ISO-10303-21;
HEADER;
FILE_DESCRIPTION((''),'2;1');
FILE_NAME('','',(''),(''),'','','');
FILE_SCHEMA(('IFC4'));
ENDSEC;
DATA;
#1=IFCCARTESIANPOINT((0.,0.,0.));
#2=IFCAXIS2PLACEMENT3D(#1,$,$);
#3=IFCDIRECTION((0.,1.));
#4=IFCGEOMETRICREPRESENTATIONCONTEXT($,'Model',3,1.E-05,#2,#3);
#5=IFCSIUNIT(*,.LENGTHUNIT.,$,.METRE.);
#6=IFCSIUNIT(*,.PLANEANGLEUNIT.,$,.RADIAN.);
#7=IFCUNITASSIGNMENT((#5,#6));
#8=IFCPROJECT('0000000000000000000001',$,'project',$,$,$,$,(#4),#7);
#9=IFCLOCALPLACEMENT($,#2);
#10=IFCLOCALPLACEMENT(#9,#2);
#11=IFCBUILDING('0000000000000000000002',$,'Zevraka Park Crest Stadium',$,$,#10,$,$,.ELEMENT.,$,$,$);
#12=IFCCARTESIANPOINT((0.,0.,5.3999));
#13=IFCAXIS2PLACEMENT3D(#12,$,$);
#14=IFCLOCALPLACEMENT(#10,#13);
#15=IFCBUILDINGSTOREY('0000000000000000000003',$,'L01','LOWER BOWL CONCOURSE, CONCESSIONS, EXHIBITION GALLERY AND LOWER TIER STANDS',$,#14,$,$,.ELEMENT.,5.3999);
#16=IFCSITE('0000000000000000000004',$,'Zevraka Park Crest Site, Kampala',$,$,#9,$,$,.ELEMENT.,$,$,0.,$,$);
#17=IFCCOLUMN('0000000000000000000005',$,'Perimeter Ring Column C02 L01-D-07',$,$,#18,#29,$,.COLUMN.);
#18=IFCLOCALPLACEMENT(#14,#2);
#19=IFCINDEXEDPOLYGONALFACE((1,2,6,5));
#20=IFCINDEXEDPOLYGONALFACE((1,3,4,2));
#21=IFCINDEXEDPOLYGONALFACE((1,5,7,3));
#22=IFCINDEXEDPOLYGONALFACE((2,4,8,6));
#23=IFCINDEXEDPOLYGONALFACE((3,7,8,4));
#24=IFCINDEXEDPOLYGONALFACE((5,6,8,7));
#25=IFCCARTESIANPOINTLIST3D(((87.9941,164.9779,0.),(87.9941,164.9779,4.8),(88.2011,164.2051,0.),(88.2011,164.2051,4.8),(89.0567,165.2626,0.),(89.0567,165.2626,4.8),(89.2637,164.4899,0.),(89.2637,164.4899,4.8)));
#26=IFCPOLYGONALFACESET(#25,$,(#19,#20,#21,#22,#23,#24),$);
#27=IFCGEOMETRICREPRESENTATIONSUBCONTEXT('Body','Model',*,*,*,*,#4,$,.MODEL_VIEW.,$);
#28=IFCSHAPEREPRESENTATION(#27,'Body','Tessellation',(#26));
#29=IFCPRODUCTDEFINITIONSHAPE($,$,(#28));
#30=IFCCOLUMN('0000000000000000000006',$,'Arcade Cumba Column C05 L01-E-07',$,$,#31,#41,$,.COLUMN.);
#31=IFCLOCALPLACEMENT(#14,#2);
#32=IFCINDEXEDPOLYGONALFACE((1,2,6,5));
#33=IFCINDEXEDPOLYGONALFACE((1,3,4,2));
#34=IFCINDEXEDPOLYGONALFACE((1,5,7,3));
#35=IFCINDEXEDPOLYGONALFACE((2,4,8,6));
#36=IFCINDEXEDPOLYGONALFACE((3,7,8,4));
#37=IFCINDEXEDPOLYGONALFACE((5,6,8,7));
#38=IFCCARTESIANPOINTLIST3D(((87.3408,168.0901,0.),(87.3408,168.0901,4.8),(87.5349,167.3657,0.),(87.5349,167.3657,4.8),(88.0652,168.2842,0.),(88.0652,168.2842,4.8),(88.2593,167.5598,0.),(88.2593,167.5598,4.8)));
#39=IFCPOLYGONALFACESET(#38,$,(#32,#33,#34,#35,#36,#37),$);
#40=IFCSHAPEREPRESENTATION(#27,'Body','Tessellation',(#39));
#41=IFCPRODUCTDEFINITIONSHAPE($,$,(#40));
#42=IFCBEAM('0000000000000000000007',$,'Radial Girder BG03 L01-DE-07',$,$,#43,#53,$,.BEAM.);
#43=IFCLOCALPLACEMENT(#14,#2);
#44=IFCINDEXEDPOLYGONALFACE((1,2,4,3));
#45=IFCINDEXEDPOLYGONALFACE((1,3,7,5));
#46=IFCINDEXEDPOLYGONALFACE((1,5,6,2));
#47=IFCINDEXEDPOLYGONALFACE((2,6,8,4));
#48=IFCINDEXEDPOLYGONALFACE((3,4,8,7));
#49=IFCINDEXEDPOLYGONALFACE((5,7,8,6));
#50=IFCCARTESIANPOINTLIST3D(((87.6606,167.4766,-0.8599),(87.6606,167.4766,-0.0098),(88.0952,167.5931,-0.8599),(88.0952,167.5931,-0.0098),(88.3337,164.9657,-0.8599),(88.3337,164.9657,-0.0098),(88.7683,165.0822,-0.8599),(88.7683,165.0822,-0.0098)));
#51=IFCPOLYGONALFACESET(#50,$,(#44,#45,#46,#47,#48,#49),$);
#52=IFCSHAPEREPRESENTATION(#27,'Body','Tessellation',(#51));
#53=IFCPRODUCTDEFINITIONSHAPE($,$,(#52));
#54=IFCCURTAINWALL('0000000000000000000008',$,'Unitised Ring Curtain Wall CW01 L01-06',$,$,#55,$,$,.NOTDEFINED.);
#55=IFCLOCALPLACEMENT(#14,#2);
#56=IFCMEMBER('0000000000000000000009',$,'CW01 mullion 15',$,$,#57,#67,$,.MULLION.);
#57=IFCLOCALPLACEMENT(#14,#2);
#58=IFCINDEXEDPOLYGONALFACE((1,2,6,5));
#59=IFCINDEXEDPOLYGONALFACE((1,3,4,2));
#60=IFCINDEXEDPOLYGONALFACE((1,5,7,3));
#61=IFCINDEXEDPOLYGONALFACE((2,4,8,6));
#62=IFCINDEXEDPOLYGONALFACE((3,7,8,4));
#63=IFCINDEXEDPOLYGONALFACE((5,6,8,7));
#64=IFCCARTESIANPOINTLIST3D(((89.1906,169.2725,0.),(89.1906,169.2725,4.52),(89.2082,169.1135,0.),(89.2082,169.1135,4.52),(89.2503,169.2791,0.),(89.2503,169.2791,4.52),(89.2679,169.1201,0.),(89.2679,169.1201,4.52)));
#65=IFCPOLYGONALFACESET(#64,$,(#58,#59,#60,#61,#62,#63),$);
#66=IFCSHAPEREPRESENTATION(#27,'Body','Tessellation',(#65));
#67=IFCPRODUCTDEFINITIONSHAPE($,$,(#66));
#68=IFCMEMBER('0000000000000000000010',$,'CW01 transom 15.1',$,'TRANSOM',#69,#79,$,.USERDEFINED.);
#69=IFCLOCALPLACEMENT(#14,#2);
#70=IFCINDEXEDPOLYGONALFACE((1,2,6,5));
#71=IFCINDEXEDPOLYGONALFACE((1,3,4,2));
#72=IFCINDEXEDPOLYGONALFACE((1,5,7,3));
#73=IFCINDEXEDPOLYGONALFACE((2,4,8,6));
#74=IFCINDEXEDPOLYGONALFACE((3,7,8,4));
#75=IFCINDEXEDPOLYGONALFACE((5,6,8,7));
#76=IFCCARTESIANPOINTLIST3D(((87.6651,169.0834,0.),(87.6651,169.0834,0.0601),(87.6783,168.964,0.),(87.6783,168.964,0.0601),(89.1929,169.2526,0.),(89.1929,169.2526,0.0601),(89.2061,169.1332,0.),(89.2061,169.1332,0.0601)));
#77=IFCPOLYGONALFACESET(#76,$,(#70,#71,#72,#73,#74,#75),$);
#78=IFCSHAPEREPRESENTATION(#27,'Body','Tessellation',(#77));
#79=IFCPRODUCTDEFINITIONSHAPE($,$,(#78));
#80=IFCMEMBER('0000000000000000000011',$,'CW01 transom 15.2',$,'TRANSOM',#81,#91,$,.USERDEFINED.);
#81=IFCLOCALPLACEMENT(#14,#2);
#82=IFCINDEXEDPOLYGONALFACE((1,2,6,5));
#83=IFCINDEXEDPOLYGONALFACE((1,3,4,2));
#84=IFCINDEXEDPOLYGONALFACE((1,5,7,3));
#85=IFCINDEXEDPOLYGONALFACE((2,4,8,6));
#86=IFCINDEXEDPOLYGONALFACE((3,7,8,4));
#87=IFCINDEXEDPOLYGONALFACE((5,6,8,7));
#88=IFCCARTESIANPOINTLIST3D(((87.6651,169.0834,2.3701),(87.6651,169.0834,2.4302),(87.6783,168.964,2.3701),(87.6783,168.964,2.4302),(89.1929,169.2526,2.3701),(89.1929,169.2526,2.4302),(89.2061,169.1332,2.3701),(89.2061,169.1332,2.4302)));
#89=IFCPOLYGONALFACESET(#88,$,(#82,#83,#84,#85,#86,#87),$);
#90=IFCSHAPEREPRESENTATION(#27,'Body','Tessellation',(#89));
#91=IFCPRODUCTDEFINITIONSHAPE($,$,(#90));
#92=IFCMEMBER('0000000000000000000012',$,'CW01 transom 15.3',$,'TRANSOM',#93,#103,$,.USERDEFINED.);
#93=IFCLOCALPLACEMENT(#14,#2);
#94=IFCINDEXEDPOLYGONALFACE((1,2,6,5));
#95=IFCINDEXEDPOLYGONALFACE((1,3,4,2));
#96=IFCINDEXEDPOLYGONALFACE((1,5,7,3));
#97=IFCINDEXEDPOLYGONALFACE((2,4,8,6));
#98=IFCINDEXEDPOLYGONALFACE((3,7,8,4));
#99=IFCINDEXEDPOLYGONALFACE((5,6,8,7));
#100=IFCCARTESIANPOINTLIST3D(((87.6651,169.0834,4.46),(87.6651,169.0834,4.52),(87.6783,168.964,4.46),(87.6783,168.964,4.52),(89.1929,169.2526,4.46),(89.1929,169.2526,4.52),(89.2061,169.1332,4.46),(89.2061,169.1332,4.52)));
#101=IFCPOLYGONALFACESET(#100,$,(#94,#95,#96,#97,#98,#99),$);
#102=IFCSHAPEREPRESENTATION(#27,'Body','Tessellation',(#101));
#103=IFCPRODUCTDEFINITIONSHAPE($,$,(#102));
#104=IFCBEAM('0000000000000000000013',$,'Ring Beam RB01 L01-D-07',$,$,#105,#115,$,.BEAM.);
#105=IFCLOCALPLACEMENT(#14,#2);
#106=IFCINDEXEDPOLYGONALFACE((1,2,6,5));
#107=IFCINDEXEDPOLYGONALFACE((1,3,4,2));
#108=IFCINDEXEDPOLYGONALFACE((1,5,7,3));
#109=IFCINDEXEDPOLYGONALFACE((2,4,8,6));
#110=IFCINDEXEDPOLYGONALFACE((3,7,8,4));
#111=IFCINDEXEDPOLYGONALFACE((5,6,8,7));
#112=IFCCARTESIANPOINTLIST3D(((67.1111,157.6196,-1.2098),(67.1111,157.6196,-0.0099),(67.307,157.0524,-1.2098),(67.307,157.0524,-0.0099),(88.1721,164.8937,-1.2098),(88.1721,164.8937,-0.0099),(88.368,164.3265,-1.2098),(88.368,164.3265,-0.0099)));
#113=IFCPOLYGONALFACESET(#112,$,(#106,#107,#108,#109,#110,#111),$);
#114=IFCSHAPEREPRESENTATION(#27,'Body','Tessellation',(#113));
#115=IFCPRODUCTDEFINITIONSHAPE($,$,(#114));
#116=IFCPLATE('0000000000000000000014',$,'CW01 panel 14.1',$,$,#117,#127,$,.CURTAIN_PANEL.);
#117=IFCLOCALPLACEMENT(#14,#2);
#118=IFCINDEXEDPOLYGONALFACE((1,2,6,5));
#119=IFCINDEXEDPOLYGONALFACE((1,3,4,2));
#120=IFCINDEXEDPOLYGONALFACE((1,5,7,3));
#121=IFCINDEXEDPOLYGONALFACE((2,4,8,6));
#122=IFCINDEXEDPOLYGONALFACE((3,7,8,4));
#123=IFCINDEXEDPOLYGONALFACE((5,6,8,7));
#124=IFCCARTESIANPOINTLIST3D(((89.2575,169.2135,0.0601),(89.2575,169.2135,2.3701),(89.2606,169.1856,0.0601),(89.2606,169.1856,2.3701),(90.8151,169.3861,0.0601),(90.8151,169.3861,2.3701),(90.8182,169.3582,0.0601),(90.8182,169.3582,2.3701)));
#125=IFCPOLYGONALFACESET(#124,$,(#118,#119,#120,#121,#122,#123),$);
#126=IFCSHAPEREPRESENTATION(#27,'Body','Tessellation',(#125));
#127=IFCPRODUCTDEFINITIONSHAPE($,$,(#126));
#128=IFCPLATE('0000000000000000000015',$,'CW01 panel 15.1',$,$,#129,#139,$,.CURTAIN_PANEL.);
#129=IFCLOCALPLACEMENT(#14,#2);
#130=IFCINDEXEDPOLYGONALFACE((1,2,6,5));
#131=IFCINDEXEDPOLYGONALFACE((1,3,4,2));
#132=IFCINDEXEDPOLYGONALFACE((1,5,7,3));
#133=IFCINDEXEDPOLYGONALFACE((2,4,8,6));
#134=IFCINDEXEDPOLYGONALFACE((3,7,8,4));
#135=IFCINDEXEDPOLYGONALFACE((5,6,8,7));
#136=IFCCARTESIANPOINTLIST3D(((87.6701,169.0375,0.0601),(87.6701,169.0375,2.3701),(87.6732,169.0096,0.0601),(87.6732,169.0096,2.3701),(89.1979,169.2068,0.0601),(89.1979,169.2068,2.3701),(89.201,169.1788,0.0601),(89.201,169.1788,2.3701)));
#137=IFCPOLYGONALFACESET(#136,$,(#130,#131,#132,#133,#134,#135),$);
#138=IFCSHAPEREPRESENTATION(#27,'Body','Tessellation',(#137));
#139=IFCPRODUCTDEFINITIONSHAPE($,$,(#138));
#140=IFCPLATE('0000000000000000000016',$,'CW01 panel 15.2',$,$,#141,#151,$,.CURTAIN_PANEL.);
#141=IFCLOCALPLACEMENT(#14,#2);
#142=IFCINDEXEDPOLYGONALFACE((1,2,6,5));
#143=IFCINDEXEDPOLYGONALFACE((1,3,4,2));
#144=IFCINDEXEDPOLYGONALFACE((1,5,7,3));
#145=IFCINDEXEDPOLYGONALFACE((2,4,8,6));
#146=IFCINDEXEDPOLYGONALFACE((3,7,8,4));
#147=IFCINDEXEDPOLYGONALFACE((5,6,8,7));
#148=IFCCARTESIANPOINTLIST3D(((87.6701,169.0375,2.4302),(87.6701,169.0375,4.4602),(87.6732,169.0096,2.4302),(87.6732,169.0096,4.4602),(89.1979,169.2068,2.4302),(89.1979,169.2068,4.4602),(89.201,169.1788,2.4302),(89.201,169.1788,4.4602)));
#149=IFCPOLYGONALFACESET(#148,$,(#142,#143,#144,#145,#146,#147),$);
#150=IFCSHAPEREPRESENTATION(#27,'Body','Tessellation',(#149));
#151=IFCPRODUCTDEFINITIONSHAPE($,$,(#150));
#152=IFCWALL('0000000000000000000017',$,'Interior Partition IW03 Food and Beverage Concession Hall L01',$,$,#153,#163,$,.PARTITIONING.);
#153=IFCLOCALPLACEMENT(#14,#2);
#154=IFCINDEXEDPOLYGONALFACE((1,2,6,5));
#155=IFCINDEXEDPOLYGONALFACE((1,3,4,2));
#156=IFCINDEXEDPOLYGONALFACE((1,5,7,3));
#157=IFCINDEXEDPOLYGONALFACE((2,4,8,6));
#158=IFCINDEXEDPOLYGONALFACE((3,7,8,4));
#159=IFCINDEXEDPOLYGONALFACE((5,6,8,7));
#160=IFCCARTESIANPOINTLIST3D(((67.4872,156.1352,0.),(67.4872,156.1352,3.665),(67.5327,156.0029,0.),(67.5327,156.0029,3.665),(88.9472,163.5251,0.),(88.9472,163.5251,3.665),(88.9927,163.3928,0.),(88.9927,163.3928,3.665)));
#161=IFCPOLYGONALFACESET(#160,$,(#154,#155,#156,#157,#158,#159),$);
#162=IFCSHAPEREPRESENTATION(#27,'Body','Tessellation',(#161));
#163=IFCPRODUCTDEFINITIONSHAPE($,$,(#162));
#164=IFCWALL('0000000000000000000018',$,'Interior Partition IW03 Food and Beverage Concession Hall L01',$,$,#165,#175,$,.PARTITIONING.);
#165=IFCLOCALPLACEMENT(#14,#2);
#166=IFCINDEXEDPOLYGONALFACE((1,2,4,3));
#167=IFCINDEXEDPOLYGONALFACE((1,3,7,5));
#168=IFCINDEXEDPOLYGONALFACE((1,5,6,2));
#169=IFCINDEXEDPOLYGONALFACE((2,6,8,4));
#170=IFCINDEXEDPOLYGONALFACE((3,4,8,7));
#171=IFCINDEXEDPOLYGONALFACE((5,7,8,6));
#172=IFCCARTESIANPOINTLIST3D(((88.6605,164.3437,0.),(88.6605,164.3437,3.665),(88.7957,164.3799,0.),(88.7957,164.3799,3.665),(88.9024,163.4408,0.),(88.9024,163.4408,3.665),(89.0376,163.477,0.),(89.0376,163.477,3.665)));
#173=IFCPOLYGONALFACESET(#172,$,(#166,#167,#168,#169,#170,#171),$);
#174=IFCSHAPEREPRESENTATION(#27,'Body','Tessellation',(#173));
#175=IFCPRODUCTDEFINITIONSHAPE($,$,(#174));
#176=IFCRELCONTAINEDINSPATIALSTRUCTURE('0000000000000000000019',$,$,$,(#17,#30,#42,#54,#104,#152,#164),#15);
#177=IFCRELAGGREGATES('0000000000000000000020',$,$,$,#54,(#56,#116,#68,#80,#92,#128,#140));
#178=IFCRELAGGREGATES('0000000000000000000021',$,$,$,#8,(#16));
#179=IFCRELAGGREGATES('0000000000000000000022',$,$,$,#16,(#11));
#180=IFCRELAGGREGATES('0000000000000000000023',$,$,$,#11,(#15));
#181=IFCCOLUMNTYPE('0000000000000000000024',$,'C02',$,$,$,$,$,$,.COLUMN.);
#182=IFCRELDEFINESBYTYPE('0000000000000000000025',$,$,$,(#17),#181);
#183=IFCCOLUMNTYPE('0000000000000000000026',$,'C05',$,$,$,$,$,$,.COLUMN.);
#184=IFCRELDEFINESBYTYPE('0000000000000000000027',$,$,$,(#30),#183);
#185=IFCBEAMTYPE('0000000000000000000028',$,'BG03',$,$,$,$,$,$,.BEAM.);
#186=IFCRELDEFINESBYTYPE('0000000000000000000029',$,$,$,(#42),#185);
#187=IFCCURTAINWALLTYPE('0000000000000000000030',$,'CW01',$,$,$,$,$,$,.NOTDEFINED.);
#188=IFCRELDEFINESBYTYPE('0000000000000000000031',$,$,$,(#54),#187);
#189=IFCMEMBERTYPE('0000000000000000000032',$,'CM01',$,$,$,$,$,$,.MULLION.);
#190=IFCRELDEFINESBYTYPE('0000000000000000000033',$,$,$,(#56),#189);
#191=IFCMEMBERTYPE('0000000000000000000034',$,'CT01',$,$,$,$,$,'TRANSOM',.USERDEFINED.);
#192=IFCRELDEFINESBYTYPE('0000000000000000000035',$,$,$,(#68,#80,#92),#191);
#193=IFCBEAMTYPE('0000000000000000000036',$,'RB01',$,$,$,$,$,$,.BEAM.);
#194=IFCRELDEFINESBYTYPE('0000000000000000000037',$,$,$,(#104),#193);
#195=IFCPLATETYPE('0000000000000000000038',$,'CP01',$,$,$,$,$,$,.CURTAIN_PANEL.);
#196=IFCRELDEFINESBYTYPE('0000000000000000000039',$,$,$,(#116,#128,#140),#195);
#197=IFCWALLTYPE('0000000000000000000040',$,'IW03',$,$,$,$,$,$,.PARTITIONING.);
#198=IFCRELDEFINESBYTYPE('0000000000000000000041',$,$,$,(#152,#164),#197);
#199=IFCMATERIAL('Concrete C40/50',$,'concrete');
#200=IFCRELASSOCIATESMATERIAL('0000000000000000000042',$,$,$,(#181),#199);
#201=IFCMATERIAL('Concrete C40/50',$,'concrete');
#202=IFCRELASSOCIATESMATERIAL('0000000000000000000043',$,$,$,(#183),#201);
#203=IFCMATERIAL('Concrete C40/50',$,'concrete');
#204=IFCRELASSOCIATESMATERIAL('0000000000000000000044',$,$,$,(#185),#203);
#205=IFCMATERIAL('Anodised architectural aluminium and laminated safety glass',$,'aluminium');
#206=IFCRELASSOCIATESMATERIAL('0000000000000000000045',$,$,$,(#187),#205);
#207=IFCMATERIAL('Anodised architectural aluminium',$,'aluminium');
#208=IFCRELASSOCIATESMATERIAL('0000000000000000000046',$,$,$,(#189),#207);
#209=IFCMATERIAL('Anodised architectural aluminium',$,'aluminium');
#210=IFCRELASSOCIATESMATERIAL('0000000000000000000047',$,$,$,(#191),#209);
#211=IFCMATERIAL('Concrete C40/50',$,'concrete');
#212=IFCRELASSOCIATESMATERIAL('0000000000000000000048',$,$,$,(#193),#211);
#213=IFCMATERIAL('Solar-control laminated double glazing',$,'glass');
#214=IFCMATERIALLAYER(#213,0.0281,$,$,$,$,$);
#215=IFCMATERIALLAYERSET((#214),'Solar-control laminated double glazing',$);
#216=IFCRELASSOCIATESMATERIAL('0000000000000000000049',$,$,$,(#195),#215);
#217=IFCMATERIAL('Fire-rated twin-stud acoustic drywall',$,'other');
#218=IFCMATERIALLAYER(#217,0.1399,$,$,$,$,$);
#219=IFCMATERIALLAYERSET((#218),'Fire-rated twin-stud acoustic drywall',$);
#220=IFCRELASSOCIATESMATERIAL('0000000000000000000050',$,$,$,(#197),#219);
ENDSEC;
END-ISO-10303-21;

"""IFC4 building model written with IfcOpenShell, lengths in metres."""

from ifc_helpers import new_model, si_unit, direction, frame, frame_2d, origin, origin_2d, place, context, subcontext, project, spatial, rectangle, extrude, material, layer, layer_set, material_profile, profile_set, type_object, element, aggregate, save


model = new_model("IFC4")

# Units and contexts
model_context = context("Model", 3, precision=1e-05, world=origin(), true_north=direction((0.0, 1.0)))
body_context = subcontext(model_context, "Body", "Model", "MODEL_VIEW")
ifc_project = project(units=[si_unit("LENGTHUNIT", "METRE"), si_unit("PLANEANGLEUNIT", "RADIAN")], contexts=[model_context])

# Site, building, storey
site_placement = place(None, origin())
site = spatial("IfcSite", under=ifc_project, at=site_placement, Name="Zevraka Park Crest Site, Kampala", CompositionType="ELEMENT", RefElevation=0.0)
building_placement = place(site_placement, origin())
building = spatial("IfcBuilding", under=site, at=building_placement, Name="Zevraka Park Crest Stadium", CompositionType="ELEMENT")
storey_placement = place(building_placement, frame((0.0, 0.0, 5.3999)))
storey = spatial("IfcBuildingStorey", under=building, at=storey_placement, Name="L01", Description="LOWER BOWL CONCOURSE, CONCESSIONS, EXHIBITION GALLERY AND LOWER TIER STANDS", CompositionType="ELEMENT", Elevation=5.3999)

# Columns
ifc_material_1 = material(Name="Concrete C40/50", Category="concrete")
ifc_material_profile_1 = material_profile(ifc_material_1, rectangle(XDim=0.8, YDim=1.1001, at=origin_2d()), Name="RC 1100x800")
ifc_profile_set_1 = profile_set([ifc_material_profile_1], Name="Concrete C40/50")
column_type_1 = type_object("IfcColumnType", Name="C02", PredefinedType="COLUMN", material=ifc_profile_set_1)
column_1_placement = place(storey_placement, frame((88.6289, 164.7339, 0.0), z_axis=(0.0, 0.0, 1.0), x_axis=(-0.258819, 0.965926, 0.0)))
element("IfcColumn", 1, at=column_1_placement, inside=storey, type_object=column_type_1, Name="Perimeter Ring Column C02 L01-D-07", PredefinedType="COLUMN", context=body_context, shape_type="SweptSolid", body=[
    extrude(rectangle(XDim=0.8, YDim=1.1001, at=origin_2d()), origin(), (0.0, 0.0, 1.0), 4.8),
])
ifc_material_2 = material(Name="Concrete C40/50", Category="concrete")
ifc_material_profile_2 = material_profile(ifc_material_2, rectangle(XDim=0.75, YDim=0.75, at=origin_2d()), Name="RC 750x750")
ifc_profile_set_2 = profile_set([ifc_material_profile_2], Name="Concrete C40/50")
column_type_2 = type_object("IfcColumnType", Name="C05", PredefinedType="COLUMN", material=ifc_profile_set_2)
column_2_placement = place(storey_placement, frame((87.8, 167.825, 0.0), z_axis=(0.0, 0.0, 1.0), x_axis=(-0.258819, 0.965926, 0.0)))
element("IfcColumn", 2, at=column_2_placement, inside=storey, type_object=column_type_2, Name="Arcade Cumba Column C05 L01-E-07", PredefinedType="COLUMN", context=body_context, shape_type="SweptSolid", body=[
    extrude(rectangle(XDim=0.75, YDim=0.75, at=origin_2d()), origin(), (0.0, 0.0, 1.0), 4.8),
])

# Beam
ifc_material_3 = material(Name="Concrete C40/50", Category="concrete")
ifc_material_profile_3 = material_profile(ifc_material_3, rectangle(XDim=0.45, YDim=0.8501, at=origin_2d()), Name="RC 850x450")
ifc_profile_set_3 = profile_set([ifc_material_profile_3], Name="Concrete C40/50")
beam_type_1 = type_object("IfcBeamType", Name="BG03", PredefinedType="BEAM", material=ifc_profile_set_3)
beam_1_placement = place(storey_placement, frame((88.551, 165.0239, -0.4348), z_axis=(-0.258919, 0.965899, 0.0), x_axis=(-0.965899, -0.258919, 0.0)))
element("IfcBeam", 3, at=beam_1_placement, inside=storey, type_object=beam_type_1, Name="Radial Girder BG03 L01-DE-07", PredefinedType="BEAM", context=body_context, shape_type="SweptSolid", body=[
    extrude(rectangle(XDim=0.45, YDim=0.8501, at=origin_2d()), origin(), (0.0, 0.0, 1.0), 2.5996),
])

# Curtain wall, members
ifc_material_4 = material(Name="Anodised architectural aluminium and laminated safety glass", Category="aluminium")
curtain_wall_type = type_object("IfcCurtainWallType", Name="CW01", PredefinedType="NOTDEFINED", material=ifc_material_4)
curtain_wall_placement = place(storey_placement, origin())
curtain_wall = element("IfcCurtainWall", 4, at=curtain_wall_placement, inside=storey, type_object=curtain_wall_type, Name="Unitised Ring Curtain Wall CW01 L01-06", PredefinedType="NOTDEFINED")
ifc_material_5 = material(Name="Anodised architectural aluminium", Category="aluminium")
ifc_material_profile_4 = material_profile(ifc_material_5, rectangle(XDim=0.1599, YDim=0.0601, at=origin_2d()), Name="ALU MULLION 160x60")
ifc_profile_set_4 = profile_set([ifc_material_profile_4], Name="Anodised architectural aluminium")
member_type_1 = type_object("IfcMemberType", Name="CM01", PredefinedType="MULLION", material=ifc_profile_set_4)
member_1_placement = place(storey_placement, frame((89.2292, 169.1963, 0.0), z_axis=(0.0, 0.0, 1.0), x_axis=(0.110135, -0.993917, 0.0)))
member_1 = element("IfcMember", 5, at=member_1_placement, type_object=member_type_1, Name="CW01 mullion 15", PredefinedType="MULLION", context=body_context, shape_type="SweptSolid", body=[
    extrude(rectangle(XDim=0.1599, YDim=0.0601, at=origin_2d()), origin(), (0.0, 0.0, 1.0), 4.52),
])
ifc_material_6 = material(Name="Anodised architectural aluminium", Category="aluminium")
ifc_material_profile_5 = material_profile(ifc_material_6, rectangle(XDim=0.1201, YDim=0.0601, at=origin_2d()), Name="ALU TRANSOM 120x60")
ifc_profile_set_5 = profile_set([ifc_material_profile_5], Name="Anodised architectural aluminium")
member_type_2 = type_object("IfcMemberType", Name="CT01", ElementType="TRANSOM", PredefinedType="USERDEFINED", material=ifc_profile_set_5)
member_2_placement = place(storey_placement, frame((89.1995, 169.1929, 0.03), z_axis=(-0.993924, -0.110065, 0.0), x_axis=(0.110065, -0.993924, 0.0)))
member_2 = element("IfcMember", 6, at=member_2_placement, type_object=member_type_2, Name="CW01 transom 15.1", ObjectType="TRANSOM", PredefinedType="USERDEFINED", context=body_context, shape_type="SweptSolid", body=[
    extrude(rectangle(XDim=0.1201, YDim=0.0601, at=origin_2d()), origin(), (0.0, 0.0, 1.0), 1.5371),
])
member_3_placement = place(storey_placement, frame((89.1995, 169.1929, 2.4001), z_axis=(-0.993924, -0.110065, 0.0), x_axis=(0.110065, -0.993924, 0.0)))
member_3 = element("IfcMember", 7, at=member_3_placement, type_object=member_type_2, Name="CW01 transom 15.2", ObjectType="TRANSOM", PredefinedType="USERDEFINED", context=body_context, shape_type="SweptSolid", body=[
    extrude(rectangle(XDim=0.1201, YDim=0.0601, at=origin_2d()), origin(), (0.0, 0.0, 1.0), 1.5371),
])
member_4_placement = place(storey_placement, frame((89.1995, 169.1929, 4.49), z_axis=(-0.993924, -0.110065, 0.0), x_axis=(0.110065, -0.993924, 0.0)))
member_4 = element("IfcMember", 8, at=member_4_placement, type_object=member_type_2, Name="CW01 transom 15.3", ObjectType="TRANSOM", PredefinedType="USERDEFINED", context=body_context, shape_type="SweptSolid", body=[
    extrude(rectangle(XDim=0.1201, YDim=0.0601, at=origin_2d()), origin(), (0.0, 0.0, 1.0), 1.5371),
])

# Beam
ifc_material_7 = material(Name="Concrete C40/50", Category="concrete")
ifc_material_profile_6 = material_profile(ifc_material_7, rectangle(XDim=0.6001, YDim=1.2, at=origin_2d()), Name="RC 1200x600")
ifc_profile_set_6 = profile_set([ifc_material_profile_6], Name="Concrete C40/50")
beam_type_2 = type_object("IfcBeamType", Name="RB01", PredefinedType="BEAM", material=ifc_profile_set_6)
beam_2_placement = place(storey_placement, frame((88.27, 164.6101, -0.6099), z_axis=(-0.94521, -0.326462, 0.0), x_axis=(0.326462, -0.94521, 0.0)))
element("IfcBeam", 9, at=beam_2_placement, inside=storey, type_object=beam_type_2, Name="Ring Beam RB01 L01-D-07", PredefinedType="BEAM", context=body_context, shape_type="SweptSolid", body=[
    extrude(rectangle(XDim=0.6001, YDim=1.2, at=origin_2d()), origin(), (0.0, 0.0, 1.0), 22.2817),
])

# Plates
ifc_material_8 = material(Name="Solar-control laminated double glazing", Category="glass")
ifc_layer_1 = layer(ifc_material_8, 0.0281)
ifc_layer_set_1 = layer_set([ifc_layer_1], Name="Solar-control laminated double glazing")
plate_type = type_object("IfcPlateType", Name="CP01", PredefinedType="CURTAIN_PANEL", material=ifc_layer_set_1)
plate_1_placement = place(storey_placement, frame((90.0378, 169.2859, 0.0601), z_axis=(0.0, 0.0, 1.0), x_axis=(-0.993917, -0.110135, 0.0)))
plate_1 = element("IfcPlate", 10, at=plate_1_placement, type_object=plate_type, Name="CW01 panel 14.1", PredefinedType="CURTAIN_PANEL", context=body_context, shape_type="SweptSolid", body=[
    extrude(rectangle(XDim=1.5671, YDim=0.0281, at=origin_2d()), origin(), (0.0, 0.0, 1.0), 2.3101),
])
plate_2_placement = place(storey_placement, frame((88.4355, 169.1082, 0.0601), z_axis=(0.0, 0.0, 1.0), x_axis=(-0.993917, -0.110135, 0.0)))
plate_2 = element("IfcPlate", 11, at=plate_2_placement, type_object=plate_type, Name="CW01 panel 15.1", PredefinedType="CURTAIN_PANEL", context=body_context, shape_type="SweptSolid", body=[
    extrude(rectangle(XDim=1.5371, YDim=0.0281, at=origin_2d()), origin(), (0.0, 0.0, 1.0), 2.3101),
])
plate_3_placement = place(storey_placement, frame((88.4355, 169.1082, 2.4302), z_axis=(0.0, 0.0, 1.0), x_axis=(-0.993917, -0.110135, 0.0)))
plate_3 = element("IfcPlate", 12, at=plate_3_placement, type_object=plate_type, Name="CW01 panel 15.2", PredefinedType="CURTAIN_PANEL", context=body_context, shape_type="SweptSolid", body=[
    extrude(rectangle(XDim=1.5371, YDim=0.0281, at=origin_2d()), origin(), (0.0, 0.0, 1.0), 2.03),
])
aggregate(curtain_wall, [member_1, plate_1, member_2, member_3, member_4, plate_2, plate_3])

# Walls
ifc_material_9 = material(Name="Fire-rated twin-stud acoustic drywall", Category="other")
ifc_layer_2 = layer(ifc_material_9, 0.1399)
ifc_layer_set_2 = layer_set([ifc_layer_2], Name="Fire-rated twin-stud acoustic drywall")
wall_type_1 = type_object("IfcWallType", Name="IW03", PredefinedType="PARTITIONING", material=ifc_layer_set_2)
wall_1_placement = place(storey_placement, frame((88.97, 163.459, 0.0), z_axis=(0.0, 0.0, 1.0), x_axis=(-0.94551, -0.325593, 0.0)))
element("IfcWall", 13, at=wall_1_placement, inside=storey, type_object=wall_type_1, Name="Interior Partition IW03 Food and Beverage Concession Hall L01", PredefinedType="PARTITIONING", context=body_context, shape_type="SweptSolid", body=[
    extrude(rectangle(XDim=22.6968, YDim=0.1399, at=frame_2d((11.3484, 0.0))), origin(), (0.0, 0.0, 1.0), 3.665),
])
wall_2_placement = place(storey_placement, frame((88.97, 163.459, 0.0), z_axis=(0.0, 0.0, 1.0), x_axis=(-0.258784, 0.965935, 0.0)))
element("IfcWall", 14, at=wall_2_placement, inside=storey, type_object=wall_type_1, Name="Interior Partition IW03 Food and Beverage Concession Hall L01", PredefinedType="PARTITIONING", context=body_context, shape_type="SweptSolid", body=[
    extrude(rectangle(XDim=0.9348, YDim=0.1399, at=frame_2d((0.4673, 0.0))), origin(), (0.0, 0.0, 1.0), 3.665),
])

save(model, "model.ifc")
